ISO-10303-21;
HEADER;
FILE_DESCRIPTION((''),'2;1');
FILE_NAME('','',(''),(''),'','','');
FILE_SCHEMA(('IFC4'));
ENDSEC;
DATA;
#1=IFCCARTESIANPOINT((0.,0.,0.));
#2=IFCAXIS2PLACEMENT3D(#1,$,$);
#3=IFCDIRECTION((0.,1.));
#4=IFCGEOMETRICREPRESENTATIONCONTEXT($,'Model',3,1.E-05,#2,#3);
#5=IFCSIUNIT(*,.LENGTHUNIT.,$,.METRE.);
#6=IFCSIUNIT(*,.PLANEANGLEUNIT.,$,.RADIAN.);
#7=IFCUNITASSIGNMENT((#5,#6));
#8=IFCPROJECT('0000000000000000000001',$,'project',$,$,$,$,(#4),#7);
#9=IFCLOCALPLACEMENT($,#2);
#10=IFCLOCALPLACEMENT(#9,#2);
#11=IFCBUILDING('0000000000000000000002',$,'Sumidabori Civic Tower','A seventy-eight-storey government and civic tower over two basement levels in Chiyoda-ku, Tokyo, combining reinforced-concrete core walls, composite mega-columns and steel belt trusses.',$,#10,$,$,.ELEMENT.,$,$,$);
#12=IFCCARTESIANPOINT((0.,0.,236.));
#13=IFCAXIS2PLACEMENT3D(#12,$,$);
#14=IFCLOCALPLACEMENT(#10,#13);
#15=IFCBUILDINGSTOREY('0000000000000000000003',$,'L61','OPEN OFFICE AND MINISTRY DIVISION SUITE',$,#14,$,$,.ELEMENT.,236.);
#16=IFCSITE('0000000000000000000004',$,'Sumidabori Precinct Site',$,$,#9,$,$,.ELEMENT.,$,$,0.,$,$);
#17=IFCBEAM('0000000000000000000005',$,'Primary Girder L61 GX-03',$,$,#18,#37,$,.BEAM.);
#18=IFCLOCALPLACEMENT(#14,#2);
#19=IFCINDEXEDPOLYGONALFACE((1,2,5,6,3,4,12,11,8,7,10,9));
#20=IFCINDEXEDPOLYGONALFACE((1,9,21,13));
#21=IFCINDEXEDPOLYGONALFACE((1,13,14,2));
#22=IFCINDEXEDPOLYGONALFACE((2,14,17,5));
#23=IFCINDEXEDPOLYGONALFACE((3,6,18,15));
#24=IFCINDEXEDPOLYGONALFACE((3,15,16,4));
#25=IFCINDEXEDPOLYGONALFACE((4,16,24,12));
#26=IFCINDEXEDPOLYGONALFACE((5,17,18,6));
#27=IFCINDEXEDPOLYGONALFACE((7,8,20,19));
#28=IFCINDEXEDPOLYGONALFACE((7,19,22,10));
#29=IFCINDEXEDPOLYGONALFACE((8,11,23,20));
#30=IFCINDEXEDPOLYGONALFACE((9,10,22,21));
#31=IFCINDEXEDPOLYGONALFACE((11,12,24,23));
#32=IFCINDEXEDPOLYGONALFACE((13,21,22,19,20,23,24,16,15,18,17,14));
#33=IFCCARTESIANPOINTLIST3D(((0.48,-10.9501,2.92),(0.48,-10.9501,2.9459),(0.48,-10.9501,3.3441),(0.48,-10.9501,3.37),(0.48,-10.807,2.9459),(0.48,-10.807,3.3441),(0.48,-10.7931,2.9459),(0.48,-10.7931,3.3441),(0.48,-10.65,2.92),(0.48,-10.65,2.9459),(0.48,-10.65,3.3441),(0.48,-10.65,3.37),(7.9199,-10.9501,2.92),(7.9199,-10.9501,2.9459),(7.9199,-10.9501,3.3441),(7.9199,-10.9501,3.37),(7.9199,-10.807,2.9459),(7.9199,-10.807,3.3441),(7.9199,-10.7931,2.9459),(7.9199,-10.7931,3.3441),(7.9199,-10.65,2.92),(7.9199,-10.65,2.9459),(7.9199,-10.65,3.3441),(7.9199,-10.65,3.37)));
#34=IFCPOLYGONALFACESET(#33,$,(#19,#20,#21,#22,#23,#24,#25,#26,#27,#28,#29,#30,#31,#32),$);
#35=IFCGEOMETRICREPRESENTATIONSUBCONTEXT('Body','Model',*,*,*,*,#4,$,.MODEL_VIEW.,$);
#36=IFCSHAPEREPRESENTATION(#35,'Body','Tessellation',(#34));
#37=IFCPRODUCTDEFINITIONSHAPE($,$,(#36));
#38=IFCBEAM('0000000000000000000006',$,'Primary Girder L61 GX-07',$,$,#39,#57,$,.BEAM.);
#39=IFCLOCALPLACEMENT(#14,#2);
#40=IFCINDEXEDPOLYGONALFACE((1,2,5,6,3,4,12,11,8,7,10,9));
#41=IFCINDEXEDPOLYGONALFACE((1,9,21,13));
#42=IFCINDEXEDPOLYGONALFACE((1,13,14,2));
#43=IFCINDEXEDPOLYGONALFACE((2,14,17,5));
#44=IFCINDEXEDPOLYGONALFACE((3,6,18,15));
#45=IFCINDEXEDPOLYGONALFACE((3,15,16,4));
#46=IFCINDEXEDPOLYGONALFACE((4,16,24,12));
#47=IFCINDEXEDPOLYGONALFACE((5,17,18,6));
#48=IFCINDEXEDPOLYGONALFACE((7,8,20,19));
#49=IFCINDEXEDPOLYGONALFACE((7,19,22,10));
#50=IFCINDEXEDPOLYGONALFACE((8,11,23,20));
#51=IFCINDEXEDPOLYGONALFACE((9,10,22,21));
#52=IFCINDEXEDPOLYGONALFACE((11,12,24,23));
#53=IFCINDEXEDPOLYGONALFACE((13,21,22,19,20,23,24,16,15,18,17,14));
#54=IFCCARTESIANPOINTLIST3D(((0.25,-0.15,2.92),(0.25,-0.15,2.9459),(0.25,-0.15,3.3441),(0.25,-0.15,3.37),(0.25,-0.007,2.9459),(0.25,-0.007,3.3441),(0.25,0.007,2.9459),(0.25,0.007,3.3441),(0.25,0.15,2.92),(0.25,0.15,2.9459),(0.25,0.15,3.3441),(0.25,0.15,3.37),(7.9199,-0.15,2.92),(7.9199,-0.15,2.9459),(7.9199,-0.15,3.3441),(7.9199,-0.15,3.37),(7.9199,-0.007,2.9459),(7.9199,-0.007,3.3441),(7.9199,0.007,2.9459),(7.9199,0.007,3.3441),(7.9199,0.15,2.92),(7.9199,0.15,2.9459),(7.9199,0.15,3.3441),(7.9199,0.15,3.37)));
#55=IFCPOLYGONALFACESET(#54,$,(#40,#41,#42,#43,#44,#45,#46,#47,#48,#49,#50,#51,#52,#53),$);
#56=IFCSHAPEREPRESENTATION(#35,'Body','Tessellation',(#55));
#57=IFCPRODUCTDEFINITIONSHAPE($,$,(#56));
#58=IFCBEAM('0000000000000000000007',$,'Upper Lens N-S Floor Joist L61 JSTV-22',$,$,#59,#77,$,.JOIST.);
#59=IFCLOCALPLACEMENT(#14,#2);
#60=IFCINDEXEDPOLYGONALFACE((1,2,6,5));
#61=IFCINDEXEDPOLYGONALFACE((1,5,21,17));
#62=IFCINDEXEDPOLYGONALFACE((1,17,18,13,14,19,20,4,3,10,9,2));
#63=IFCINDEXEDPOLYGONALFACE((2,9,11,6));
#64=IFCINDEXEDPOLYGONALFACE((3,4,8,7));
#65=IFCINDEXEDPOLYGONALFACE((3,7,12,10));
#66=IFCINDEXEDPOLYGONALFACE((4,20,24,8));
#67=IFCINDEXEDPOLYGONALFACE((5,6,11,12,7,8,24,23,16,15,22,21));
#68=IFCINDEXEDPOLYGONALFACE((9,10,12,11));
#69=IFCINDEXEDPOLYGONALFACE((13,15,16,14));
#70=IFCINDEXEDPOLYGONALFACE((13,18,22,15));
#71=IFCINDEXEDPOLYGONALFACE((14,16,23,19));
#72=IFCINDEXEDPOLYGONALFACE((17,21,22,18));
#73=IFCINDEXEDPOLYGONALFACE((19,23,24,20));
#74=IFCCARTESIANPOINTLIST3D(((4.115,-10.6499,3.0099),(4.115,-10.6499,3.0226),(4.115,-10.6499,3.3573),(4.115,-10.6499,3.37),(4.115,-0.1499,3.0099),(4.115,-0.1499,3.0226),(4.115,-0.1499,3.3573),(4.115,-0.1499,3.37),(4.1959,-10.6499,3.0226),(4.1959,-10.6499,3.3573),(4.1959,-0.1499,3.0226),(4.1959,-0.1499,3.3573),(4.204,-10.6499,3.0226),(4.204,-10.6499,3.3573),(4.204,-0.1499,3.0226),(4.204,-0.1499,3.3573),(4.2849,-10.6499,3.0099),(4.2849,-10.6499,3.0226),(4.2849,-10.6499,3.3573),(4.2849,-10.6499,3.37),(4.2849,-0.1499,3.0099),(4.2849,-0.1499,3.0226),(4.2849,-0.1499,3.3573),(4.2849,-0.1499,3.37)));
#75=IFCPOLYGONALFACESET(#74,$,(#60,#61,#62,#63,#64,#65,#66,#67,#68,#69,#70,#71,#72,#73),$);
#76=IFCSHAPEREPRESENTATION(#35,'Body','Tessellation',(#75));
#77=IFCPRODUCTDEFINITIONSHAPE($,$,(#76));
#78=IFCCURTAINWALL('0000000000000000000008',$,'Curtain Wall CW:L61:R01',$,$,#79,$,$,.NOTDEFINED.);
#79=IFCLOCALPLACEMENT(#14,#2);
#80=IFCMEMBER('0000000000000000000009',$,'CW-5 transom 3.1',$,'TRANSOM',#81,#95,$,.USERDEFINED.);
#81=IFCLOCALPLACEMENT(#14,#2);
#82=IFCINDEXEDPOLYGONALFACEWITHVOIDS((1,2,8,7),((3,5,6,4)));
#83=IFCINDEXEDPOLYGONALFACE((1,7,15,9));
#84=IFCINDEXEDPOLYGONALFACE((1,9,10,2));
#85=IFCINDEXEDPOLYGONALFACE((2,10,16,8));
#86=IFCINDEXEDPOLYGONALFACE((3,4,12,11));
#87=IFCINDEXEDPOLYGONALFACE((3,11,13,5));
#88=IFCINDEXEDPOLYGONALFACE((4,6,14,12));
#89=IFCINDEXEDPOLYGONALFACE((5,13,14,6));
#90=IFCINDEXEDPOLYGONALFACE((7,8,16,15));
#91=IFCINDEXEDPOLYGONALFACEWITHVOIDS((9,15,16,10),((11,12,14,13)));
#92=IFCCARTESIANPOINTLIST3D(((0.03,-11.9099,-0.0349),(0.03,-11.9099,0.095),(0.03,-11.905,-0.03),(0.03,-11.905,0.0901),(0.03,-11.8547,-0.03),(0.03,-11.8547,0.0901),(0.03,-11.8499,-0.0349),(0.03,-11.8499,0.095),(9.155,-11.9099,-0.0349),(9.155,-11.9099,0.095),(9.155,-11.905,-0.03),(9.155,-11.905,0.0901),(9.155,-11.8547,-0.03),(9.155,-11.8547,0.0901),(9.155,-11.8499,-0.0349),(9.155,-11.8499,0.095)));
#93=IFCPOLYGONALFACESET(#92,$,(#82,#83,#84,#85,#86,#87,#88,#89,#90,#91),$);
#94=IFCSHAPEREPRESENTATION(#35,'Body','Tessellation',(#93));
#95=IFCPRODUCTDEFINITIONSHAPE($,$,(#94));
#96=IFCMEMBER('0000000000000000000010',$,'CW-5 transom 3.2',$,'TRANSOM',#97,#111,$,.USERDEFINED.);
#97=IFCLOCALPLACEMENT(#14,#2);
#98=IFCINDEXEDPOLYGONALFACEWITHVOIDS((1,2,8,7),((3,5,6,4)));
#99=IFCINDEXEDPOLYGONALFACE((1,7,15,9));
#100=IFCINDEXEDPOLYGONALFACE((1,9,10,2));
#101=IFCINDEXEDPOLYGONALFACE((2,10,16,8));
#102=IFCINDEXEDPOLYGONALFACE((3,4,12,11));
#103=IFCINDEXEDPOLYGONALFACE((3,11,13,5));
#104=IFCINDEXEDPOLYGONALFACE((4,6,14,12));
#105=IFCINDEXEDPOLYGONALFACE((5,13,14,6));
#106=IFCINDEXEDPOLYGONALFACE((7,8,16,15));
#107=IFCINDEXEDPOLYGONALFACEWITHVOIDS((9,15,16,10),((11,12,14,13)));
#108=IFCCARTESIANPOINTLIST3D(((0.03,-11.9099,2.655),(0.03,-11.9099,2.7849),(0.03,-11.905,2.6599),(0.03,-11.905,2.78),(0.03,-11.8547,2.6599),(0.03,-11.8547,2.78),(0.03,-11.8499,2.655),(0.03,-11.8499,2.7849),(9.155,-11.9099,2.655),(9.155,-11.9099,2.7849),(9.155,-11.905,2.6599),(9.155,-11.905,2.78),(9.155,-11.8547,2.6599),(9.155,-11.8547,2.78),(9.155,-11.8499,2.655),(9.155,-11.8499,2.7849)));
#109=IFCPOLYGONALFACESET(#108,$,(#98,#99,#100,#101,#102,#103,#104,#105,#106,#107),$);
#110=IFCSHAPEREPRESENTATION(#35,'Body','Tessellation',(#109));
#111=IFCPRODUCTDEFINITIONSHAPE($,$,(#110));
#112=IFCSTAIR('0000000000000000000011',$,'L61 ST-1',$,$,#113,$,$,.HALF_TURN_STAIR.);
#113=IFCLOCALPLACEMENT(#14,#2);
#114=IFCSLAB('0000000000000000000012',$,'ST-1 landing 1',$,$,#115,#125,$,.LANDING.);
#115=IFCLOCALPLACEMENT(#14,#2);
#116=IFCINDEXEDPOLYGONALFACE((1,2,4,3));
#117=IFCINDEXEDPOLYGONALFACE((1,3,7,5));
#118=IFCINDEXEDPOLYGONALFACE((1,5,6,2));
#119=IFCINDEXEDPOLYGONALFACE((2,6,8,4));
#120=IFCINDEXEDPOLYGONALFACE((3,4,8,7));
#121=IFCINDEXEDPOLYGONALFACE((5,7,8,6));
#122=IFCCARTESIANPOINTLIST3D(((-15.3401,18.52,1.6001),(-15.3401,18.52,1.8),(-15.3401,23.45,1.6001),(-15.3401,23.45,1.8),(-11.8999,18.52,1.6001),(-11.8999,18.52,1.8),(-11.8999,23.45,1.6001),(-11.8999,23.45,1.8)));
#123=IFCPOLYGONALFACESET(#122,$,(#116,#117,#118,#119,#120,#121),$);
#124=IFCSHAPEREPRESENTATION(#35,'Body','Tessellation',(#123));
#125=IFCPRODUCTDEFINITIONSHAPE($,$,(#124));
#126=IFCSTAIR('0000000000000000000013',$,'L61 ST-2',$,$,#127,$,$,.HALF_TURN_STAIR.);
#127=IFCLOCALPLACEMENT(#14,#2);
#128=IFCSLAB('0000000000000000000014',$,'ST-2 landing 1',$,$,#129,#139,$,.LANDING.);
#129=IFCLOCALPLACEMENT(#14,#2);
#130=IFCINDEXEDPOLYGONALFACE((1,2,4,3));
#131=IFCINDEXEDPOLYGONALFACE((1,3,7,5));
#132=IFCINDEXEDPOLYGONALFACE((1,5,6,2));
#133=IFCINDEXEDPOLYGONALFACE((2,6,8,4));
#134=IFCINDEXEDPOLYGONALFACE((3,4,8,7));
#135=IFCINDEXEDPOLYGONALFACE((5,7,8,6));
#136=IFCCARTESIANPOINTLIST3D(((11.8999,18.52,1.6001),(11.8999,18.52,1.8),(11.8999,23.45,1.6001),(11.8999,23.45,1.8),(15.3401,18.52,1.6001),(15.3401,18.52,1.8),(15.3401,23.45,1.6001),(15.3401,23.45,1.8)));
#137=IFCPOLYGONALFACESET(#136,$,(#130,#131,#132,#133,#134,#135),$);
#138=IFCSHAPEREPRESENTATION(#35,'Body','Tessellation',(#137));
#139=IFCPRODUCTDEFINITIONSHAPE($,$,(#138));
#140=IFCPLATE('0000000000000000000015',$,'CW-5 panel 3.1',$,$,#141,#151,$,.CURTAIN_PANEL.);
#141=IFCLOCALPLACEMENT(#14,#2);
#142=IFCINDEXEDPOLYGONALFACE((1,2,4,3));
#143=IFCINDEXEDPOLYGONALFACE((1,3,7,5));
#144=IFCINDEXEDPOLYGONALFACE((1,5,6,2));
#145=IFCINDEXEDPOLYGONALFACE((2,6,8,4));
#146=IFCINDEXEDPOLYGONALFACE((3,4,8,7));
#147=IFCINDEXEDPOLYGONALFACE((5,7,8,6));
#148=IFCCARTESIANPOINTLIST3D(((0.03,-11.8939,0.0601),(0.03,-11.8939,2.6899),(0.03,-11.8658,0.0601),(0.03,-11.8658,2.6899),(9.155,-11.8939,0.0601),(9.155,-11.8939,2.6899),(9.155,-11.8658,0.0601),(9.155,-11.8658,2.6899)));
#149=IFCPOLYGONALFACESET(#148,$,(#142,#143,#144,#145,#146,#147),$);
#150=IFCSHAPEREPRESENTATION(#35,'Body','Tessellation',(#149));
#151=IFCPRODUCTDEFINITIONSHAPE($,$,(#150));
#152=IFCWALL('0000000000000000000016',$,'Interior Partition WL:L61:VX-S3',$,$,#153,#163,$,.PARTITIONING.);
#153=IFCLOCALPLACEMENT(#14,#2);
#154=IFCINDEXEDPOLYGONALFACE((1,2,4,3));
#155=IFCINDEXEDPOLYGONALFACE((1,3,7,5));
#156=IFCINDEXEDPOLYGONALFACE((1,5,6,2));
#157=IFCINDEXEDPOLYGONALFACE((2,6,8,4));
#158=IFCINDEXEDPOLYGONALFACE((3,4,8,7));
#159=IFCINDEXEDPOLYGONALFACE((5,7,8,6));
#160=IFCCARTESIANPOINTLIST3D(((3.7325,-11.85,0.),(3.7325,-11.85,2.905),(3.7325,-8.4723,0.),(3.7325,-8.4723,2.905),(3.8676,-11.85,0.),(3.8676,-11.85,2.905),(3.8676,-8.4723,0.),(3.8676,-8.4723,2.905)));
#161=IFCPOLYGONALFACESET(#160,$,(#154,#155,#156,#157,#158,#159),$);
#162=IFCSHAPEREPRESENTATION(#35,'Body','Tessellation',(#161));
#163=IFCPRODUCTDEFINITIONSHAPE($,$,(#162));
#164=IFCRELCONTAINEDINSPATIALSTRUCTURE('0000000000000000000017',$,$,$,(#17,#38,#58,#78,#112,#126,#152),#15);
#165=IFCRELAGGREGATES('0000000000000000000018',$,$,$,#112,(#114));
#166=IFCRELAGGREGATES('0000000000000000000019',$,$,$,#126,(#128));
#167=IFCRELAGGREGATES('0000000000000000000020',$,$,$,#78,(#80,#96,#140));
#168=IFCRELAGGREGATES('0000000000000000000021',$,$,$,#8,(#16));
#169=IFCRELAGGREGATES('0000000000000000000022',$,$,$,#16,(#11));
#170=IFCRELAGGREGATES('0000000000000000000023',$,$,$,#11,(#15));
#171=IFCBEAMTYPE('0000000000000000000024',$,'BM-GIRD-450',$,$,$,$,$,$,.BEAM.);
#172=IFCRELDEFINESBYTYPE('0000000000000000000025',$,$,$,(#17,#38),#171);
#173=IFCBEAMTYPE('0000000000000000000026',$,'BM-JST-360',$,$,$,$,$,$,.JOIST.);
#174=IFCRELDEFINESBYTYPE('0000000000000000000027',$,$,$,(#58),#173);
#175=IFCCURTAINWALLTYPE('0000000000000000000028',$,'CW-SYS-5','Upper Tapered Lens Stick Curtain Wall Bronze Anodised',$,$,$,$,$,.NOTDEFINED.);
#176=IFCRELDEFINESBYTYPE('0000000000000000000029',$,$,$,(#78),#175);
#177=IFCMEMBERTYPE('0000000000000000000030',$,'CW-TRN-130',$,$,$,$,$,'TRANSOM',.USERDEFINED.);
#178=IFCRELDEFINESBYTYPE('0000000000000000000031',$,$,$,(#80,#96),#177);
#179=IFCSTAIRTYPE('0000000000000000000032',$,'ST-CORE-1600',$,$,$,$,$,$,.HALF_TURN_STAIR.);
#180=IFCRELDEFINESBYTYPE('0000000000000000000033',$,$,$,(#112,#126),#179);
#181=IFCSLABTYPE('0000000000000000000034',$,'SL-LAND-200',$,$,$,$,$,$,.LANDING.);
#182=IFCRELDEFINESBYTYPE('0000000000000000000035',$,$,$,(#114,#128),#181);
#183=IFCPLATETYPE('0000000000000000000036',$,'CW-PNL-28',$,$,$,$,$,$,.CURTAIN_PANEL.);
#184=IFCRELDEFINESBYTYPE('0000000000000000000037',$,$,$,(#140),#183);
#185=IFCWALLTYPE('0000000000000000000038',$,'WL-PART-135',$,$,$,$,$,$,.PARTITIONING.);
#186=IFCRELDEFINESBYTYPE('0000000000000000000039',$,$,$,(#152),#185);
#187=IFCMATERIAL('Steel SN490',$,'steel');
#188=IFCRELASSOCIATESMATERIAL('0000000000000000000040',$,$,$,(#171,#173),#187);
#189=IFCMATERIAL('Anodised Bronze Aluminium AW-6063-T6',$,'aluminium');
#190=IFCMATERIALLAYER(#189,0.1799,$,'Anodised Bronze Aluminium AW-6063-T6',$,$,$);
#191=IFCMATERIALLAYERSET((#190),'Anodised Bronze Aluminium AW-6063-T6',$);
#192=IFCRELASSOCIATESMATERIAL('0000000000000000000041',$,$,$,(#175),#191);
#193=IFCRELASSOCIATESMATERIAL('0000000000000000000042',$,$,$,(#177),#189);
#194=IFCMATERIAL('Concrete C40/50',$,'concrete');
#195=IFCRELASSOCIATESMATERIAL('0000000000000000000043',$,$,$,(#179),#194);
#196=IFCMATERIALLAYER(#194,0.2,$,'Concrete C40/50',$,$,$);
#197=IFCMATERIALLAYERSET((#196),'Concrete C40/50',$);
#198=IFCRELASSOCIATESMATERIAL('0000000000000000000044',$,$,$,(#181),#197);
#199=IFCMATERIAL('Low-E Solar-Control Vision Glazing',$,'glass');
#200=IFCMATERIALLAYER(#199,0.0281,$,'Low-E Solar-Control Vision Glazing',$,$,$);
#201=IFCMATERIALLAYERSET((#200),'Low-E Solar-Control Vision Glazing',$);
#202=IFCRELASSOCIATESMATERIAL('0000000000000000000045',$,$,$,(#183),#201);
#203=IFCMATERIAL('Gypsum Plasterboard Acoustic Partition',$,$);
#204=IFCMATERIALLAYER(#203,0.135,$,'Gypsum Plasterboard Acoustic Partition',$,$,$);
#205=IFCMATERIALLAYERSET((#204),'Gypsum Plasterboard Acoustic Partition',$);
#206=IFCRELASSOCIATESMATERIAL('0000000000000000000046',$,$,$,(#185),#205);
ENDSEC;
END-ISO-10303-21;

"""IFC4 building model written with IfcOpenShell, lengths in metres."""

from ifc_helpers import new_model, si_unit, direction, frame, frame_2d, origin, origin_2d, place, context, subcontext, project, spatial, polyline, rectangle, hollow_rectangle, i_section, outline, extrude, source, transform, mapped, material, layer, layer_set, material_profile, profile_set, type_object, element, aggregate, save


model = new_model("IFC4")

# Units and contexts
model_context = context("Model", 3, precision=1e-05, world=origin(), true_north=direction((0.0, 1.0)))
body_context = subcontext(model_context, "Body", "Model", "MODEL_VIEW")
ifc_project = project(units=[si_unit("LENGTHUNIT", "METRE"), si_unit("PLANEANGLEUNIT", "RADIAN")], contexts=[model_context])

# Site, building, storey
site_placement = place(None, origin())
site = spatial("IfcSite", under=ifc_project, at=site_placement, Name="Sumidabori Precinct Site", CompositionType="ELEMENT", RefElevation=0.0)
building_placement = place(site_placement, origin())
building = spatial("IfcBuilding", under=site, at=building_placement, Name="Sumidabori Civic Tower", Description="A seventy-eight-storey government and civic tower over two basement levels in Chiyoda-ku, Tokyo, combining reinforced-concrete core walls, composite mega-columns and steel belt trusses.", CompositionType="ELEMENT")
storey_placement = place(building_placement, frame((0.0, 0.0, 236.0)))
storey = spatial("IfcBuildingStorey", under=building, at=storey_placement, Name="L61", Description="OPEN OFFICE AND MINISTRY DIVISION SUITE", CompositionType="ELEMENT", Elevation=236.0)

# Beams
ifc_material_1 = material(Name="Steel SN490", Category="steel")
ifc_material_profile_1 = material_profile(ifc_material_1, i_section(OverallWidth=0.3, OverallDepth=0.45, WebThickness=0.0139, FlangeThickness=0.0259, at=origin_2d()), Name="HE 450 B")
ifc_profile_set_1 = profile_set([ifc_material_profile_1], Name="Steel SN490")
beam_type_1 = type_object("IfcBeamType", Name="BM-GIRD-450", PredefinedType="BEAM", material=ifc_profile_set_1)
shared_shape_1 = source(origin(), body_context, "Body", "SweptSolid", [
    extrude(i_section(OverallWidth=0.3, OverallDepth=0.45, WebThickness=0.0139, FlangeThickness=0.0259, at=origin_2d()), origin(), (0.0, 0.0, 1.0), 7.4399),
])
beam_1_placement = place(storey_placement, frame((0.48, -10.8, 3.145), z_axis=(1.0, 0.0, 0.0), x_axis=(0.0, 1.0, 0.0)))
element("IfcBeam", 1, at=beam_1_placement, inside=storey, type_object=beam_type_1, Name="Primary Girder L61 GX-03", PredefinedType="BEAM", context=body_context, shape_type="MappedRepresentation", body=[
    mapped(shared_shape_1, transform((0.0, 0.0, 0.0), x_axis=(1.0, 0.0, 0.0), y_axis=(0.0, 1.0, 0.0), z_axis=(0.0, 0.0, 1.0), scale=1.0)),
])
shared_shape_2 = source(origin(), body_context, "Body", "SweptSolid", [
    extrude(i_section(OverallWidth=0.3, OverallDepth=0.45, WebThickness=0.0139, FlangeThickness=0.0259, at=origin_2d()), origin(), (0.0, 0.0, 1.0), 7.6699),
])
beam_2_placement = place(storey_placement, frame((0.25, 0.0, 3.145), z_axis=(1.0, 0.0, 0.0), x_axis=(0.0, 1.0, 0.0)))
element("IfcBeam", 2, at=beam_2_placement, inside=storey, type_object=beam_type_1, Name="Primary Girder L61 GX-07", PredefinedType="BEAM", context=body_context, shape_type="MappedRepresentation", body=[
    mapped(shared_shape_2, transform((0.0, 0.0, 0.0), x_axis=(1.0, 0.0, 0.0), y_axis=(0.0, 1.0, 0.0), z_axis=(0.0, 0.0, 1.0), scale=1.0)),
])
ifc_material_profile_2 = material_profile(ifc_material_1, i_section(OverallWidth=0.1699, OverallDepth=0.3601, WebThickness=0.0081, FlangeThickness=0.0127, at=origin_2d()), Name="IPE 360")
ifc_profile_set_2 = profile_set([ifc_material_profile_2], Name="Steel SN490")
beam_type_2 = type_object("IfcBeamType", Name="BM-JST-360", PredefinedType="JOIST", material=ifc_profile_set_2)
shared_shape_3 = source(origin(), body_context, "Body", "SweptSolid", [
    extrude(i_section(OverallWidth=0.1699, OverallDepth=0.3601, WebThickness=0.0081, FlangeThickness=0.0127, at=origin_2d()), origin(), (0.0, 0.0, 1.0), 10.5),
])
beam_3_placement = place(storey_placement, frame((4.2, -10.6499, 3.1899), z_axis=(0.0, 1.0, 0.0), x_axis=(-1.0, 0.0, 0.0)))
element("IfcBeam", 3, at=beam_3_placement, inside=storey, type_object=beam_type_2, Name="Upper Lens N-S Floor Joist L61 JSTV-22", PredefinedType="JOIST", context=body_context, shape_type="MappedRepresentation", body=[
    mapped(shared_shape_3, transform((0.0, 0.0, 0.0), x_axis=(1.0, 0.0, 0.0), y_axis=(0.0, 1.0, 0.0), z_axis=(0.0, 0.0, 1.0), scale=1.0)),
])

# Curtain wall, members
ifc_material_2 = material(Name="Anodised Bronze Aluminium AW-6063-T6", Category="aluminium")
ifc_layer_1 = layer(ifc_material_2, 0.1799, Name="Anodised Bronze Aluminium AW-6063-T6")
ifc_layer_set_1 = layer_set([ifc_layer_1], Name="Anodised Bronze Aluminium AW-6063-T6")
curtain_wall_type = type_object("IfcCurtainWallType", Name="CW-SYS-5", Description="Upper Tapered Lens Stick Curtain Wall Bronze Anodised", PredefinedType="NOTDEFINED", material=ifc_layer_set_1)
curtain_wall_placement = place(storey_placement, origin())
curtain_wall = element("IfcCurtainWall", 4, at=curtain_wall_placement, inside=storey, type_object=curtain_wall_type, Name="Curtain Wall CW:L61:R01", PredefinedType="NOTDEFINED")
ifc_material_profile_3 = material_profile(ifc_material_2, hollow_rectangle(XDim=0.0601, YDim=0.1299, WallThickness=0.0049, at=origin_2d()), Name="ALU TRANSOM 130x60")
ifc_profile_set_3 = profile_set([ifc_material_profile_3], Name="Anodised Bronze Aluminium AW-6063-T6")
member_type = type_object("IfcMemberType", Name="CW-TRN-130", ElementType="TRANSOM", PredefinedType="USERDEFINED", material=ifc_profile_set_3)
shared_shape_4 = source(origin(), body_context, "Body", "SweptSolid", [
    extrude(hollow_rectangle(XDim=0.0601, YDim=0.1299, WallThickness=0.0049, at=origin_2d()), origin(), (0.0, 0.0, 1.0), 9.125),
])
member_1_placement = place(storey_placement, frame((0.03, -11.8799, 0.03), z_axis=(1.0, 0.0, 0.0), x_axis=(0.0, 1.0, 0.0)))
member_1 = element("IfcMember", 5, at=member_1_placement, type_object=member_type, Name="CW-5 transom 3.1", ObjectType="TRANSOM", PredefinedType="USERDEFINED", context=body_context, shape_type="MappedRepresentation", body=[
    mapped(shared_shape_4, transform((0.0, 0.0, 0.0), x_axis=(1.0, 0.0, 0.0), y_axis=(0.0, 1.0, 0.0), z_axis=(0.0, 0.0, 1.0), scale=1.0)),
])
member_2_placement = place(storey_placement, frame((0.03, -11.8799, 2.72), z_axis=(1.0, 0.0, 0.0), x_axis=(0.0, 1.0, 0.0)))
member_2 = element("IfcMember", 6, at=member_2_placement, type_object=member_type, Name="CW-5 transom 3.2", ObjectType="TRANSOM", PredefinedType="USERDEFINED", context=body_context, shape_type="MappedRepresentation", body=[
    mapped(shared_shape_4, transform((0.0, 0.0, 0.0), x_axis=(1.0, 0.0, 0.0), y_axis=(0.0, 1.0, 0.0), z_axis=(0.0, 0.0, 1.0), scale=1.0)),
])

# Stairs, slabs
ifc_material_3 = material(Name="Concrete C40/50", Category="concrete")
stair_type = type_object("IfcStairType", Name="ST-CORE-1600", PredefinedType="HALF_TURN_STAIR", material=ifc_material_3)
stair_1_placement = place(storey_placement, origin())
stair_1 = element("IfcStair", 7, at=stair_1_placement, inside=storey, type_object=stair_type, Name="L61 ST-1", PredefinedType="HALF_TURN_STAIR")
ifc_layer_2 = layer(ifc_material_3, 0.2, Name="Concrete C40/50")
ifc_layer_set_2 = layer_set([ifc_layer_2], Name="Concrete C40/50")
slab_type = type_object("IfcSlabType", Name="SL-LAND-200", PredefinedType="LANDING", material=ifc_layer_set_2)
slab_1_placement = place(storey_placement, frame((0.0, 0.0, 1.6001)))
slab_1 = element("IfcSlab", 8, at=slab_1_placement, type_object=slab_type, Name="ST-1 landing 1", PredefinedType="LANDING", context=body_context, shape_type="SweptSolid", body=[
    extrude(outline(polyline([(-11.8999, 18.52), (-11.8999, 23.45), (-15.3401, 23.45), (-15.3401, 18.52), (-11.8999, 18.52)])), origin(), (0.0, 0.0, 1.0), 0.2),
])
aggregate(stair_1, [slab_1])
stair_2_placement = place(storey_placement, origin())
stair_2 = element("IfcStair", 9, at=stair_2_placement, inside=storey, type_object=stair_type, Name="L61 ST-2", PredefinedType="HALF_TURN_STAIR")
slab_2_placement = place(storey_placement, frame((0.0, 0.0, 1.6001)))
slab_2 = element("IfcSlab", 10, at=slab_2_placement, type_object=slab_type, Name="ST-2 landing 1", PredefinedType="LANDING", context=body_context, shape_type="SweptSolid", body=[
    extrude(outline(polyline([(15.3401, 18.52), (15.3401, 23.45), (11.8999, 23.45), (11.8999, 18.52), (15.3401, 18.52)])), origin(), (0.0, 0.0, 1.0), 0.2),
])
aggregate(stair_2, [slab_2])

# Plate
ifc_material_4 = material(Name="Low-E Solar-Control Vision Glazing", Category="glass")
ifc_layer_3 = layer(ifc_material_4, 0.0281, Name="Low-E Solar-Control Vision Glazing")
ifc_layer_set_3 = layer_set([ifc_layer_3], Name="Low-E Solar-Control Vision Glazing")
plate_type = type_object("IfcPlateType", Name="CW-PNL-28", PredefinedType="CURTAIN_PANEL", material=ifc_layer_set_3)
shared_shape_5 = source(origin(), body_context, "Body", "SweptSolid", [
    extrude(rectangle(XDim=9.125, YDim=0.0281, at=origin_2d()), origin(), (0.0, 0.0, 1.0), 2.6299),
])
plate_placement = place(storey_placement, frame((4.5925, -11.8799, 0.0601), z_axis=(0.0, 0.0, 1.0), x_axis=(1.0, 0.0, 0.0)))
plate = element("IfcPlate", 11, at=plate_placement, type_object=plate_type, Name="CW-5 panel 3.1", PredefinedType="CURTAIN_PANEL", context=body_context, shape_type="MappedRepresentation", body=[
    mapped(shared_shape_5, transform((0.0, 0.0, 0.0), x_axis=(1.0, 0.0, 0.0), y_axis=(0.0, 1.0, 0.0), z_axis=(0.0, 0.0, 1.0), scale=1.0)),
])
aggregate(curtain_wall, [member_1, member_2, plate])

# Wall
ifc_material_5 = material(Name="Gypsum Plasterboard Acoustic Partition")
ifc_layer_4 = layer(ifc_material_5, 0.135, Name="Gypsum Plasterboard Acoustic Partition")
ifc_layer_set_4 = layer_set([ifc_layer_4], Name="Gypsum Plasterboard Acoustic Partition")
wall_type = type_object("IfcWallType", Name="WL-PART-135", PredefinedType="PARTITIONING", material=ifc_layer_set_4)
shared_shape_6 = source(origin(), body_context, "Body", "SweptSolid", [
    extrude(rectangle(XDim=3.3777, YDim=0.135, at=frame_2d((1.689, 0.0))), origin(), (0.0, 0.0, 1.0), 2.905),
])
wall_placement = place(storey_placement, frame((3.8, -11.8501, 0.0), z_axis=(0.0, 0.0, 1.0), x_axis=(0.0, 1.0, 0.0)))
element("IfcWall", 12, at=wall_placement, inside=storey, type_object=wall_type, Name="Interior Partition WL:L61:VX-S3", PredefinedType="PARTITIONING", context=body_context, shape_type="MappedRepresentation", body=[
    mapped(shared_shape_6, transform((0.0, 0.0, 0.0), x_axis=(1.0, 0.0, 0.0), y_axis=(0.0, 1.0, 0.0), z_axis=(0.0, 0.0, 1.0), scale=1.0)),
])

save(model, "model.ifc")
